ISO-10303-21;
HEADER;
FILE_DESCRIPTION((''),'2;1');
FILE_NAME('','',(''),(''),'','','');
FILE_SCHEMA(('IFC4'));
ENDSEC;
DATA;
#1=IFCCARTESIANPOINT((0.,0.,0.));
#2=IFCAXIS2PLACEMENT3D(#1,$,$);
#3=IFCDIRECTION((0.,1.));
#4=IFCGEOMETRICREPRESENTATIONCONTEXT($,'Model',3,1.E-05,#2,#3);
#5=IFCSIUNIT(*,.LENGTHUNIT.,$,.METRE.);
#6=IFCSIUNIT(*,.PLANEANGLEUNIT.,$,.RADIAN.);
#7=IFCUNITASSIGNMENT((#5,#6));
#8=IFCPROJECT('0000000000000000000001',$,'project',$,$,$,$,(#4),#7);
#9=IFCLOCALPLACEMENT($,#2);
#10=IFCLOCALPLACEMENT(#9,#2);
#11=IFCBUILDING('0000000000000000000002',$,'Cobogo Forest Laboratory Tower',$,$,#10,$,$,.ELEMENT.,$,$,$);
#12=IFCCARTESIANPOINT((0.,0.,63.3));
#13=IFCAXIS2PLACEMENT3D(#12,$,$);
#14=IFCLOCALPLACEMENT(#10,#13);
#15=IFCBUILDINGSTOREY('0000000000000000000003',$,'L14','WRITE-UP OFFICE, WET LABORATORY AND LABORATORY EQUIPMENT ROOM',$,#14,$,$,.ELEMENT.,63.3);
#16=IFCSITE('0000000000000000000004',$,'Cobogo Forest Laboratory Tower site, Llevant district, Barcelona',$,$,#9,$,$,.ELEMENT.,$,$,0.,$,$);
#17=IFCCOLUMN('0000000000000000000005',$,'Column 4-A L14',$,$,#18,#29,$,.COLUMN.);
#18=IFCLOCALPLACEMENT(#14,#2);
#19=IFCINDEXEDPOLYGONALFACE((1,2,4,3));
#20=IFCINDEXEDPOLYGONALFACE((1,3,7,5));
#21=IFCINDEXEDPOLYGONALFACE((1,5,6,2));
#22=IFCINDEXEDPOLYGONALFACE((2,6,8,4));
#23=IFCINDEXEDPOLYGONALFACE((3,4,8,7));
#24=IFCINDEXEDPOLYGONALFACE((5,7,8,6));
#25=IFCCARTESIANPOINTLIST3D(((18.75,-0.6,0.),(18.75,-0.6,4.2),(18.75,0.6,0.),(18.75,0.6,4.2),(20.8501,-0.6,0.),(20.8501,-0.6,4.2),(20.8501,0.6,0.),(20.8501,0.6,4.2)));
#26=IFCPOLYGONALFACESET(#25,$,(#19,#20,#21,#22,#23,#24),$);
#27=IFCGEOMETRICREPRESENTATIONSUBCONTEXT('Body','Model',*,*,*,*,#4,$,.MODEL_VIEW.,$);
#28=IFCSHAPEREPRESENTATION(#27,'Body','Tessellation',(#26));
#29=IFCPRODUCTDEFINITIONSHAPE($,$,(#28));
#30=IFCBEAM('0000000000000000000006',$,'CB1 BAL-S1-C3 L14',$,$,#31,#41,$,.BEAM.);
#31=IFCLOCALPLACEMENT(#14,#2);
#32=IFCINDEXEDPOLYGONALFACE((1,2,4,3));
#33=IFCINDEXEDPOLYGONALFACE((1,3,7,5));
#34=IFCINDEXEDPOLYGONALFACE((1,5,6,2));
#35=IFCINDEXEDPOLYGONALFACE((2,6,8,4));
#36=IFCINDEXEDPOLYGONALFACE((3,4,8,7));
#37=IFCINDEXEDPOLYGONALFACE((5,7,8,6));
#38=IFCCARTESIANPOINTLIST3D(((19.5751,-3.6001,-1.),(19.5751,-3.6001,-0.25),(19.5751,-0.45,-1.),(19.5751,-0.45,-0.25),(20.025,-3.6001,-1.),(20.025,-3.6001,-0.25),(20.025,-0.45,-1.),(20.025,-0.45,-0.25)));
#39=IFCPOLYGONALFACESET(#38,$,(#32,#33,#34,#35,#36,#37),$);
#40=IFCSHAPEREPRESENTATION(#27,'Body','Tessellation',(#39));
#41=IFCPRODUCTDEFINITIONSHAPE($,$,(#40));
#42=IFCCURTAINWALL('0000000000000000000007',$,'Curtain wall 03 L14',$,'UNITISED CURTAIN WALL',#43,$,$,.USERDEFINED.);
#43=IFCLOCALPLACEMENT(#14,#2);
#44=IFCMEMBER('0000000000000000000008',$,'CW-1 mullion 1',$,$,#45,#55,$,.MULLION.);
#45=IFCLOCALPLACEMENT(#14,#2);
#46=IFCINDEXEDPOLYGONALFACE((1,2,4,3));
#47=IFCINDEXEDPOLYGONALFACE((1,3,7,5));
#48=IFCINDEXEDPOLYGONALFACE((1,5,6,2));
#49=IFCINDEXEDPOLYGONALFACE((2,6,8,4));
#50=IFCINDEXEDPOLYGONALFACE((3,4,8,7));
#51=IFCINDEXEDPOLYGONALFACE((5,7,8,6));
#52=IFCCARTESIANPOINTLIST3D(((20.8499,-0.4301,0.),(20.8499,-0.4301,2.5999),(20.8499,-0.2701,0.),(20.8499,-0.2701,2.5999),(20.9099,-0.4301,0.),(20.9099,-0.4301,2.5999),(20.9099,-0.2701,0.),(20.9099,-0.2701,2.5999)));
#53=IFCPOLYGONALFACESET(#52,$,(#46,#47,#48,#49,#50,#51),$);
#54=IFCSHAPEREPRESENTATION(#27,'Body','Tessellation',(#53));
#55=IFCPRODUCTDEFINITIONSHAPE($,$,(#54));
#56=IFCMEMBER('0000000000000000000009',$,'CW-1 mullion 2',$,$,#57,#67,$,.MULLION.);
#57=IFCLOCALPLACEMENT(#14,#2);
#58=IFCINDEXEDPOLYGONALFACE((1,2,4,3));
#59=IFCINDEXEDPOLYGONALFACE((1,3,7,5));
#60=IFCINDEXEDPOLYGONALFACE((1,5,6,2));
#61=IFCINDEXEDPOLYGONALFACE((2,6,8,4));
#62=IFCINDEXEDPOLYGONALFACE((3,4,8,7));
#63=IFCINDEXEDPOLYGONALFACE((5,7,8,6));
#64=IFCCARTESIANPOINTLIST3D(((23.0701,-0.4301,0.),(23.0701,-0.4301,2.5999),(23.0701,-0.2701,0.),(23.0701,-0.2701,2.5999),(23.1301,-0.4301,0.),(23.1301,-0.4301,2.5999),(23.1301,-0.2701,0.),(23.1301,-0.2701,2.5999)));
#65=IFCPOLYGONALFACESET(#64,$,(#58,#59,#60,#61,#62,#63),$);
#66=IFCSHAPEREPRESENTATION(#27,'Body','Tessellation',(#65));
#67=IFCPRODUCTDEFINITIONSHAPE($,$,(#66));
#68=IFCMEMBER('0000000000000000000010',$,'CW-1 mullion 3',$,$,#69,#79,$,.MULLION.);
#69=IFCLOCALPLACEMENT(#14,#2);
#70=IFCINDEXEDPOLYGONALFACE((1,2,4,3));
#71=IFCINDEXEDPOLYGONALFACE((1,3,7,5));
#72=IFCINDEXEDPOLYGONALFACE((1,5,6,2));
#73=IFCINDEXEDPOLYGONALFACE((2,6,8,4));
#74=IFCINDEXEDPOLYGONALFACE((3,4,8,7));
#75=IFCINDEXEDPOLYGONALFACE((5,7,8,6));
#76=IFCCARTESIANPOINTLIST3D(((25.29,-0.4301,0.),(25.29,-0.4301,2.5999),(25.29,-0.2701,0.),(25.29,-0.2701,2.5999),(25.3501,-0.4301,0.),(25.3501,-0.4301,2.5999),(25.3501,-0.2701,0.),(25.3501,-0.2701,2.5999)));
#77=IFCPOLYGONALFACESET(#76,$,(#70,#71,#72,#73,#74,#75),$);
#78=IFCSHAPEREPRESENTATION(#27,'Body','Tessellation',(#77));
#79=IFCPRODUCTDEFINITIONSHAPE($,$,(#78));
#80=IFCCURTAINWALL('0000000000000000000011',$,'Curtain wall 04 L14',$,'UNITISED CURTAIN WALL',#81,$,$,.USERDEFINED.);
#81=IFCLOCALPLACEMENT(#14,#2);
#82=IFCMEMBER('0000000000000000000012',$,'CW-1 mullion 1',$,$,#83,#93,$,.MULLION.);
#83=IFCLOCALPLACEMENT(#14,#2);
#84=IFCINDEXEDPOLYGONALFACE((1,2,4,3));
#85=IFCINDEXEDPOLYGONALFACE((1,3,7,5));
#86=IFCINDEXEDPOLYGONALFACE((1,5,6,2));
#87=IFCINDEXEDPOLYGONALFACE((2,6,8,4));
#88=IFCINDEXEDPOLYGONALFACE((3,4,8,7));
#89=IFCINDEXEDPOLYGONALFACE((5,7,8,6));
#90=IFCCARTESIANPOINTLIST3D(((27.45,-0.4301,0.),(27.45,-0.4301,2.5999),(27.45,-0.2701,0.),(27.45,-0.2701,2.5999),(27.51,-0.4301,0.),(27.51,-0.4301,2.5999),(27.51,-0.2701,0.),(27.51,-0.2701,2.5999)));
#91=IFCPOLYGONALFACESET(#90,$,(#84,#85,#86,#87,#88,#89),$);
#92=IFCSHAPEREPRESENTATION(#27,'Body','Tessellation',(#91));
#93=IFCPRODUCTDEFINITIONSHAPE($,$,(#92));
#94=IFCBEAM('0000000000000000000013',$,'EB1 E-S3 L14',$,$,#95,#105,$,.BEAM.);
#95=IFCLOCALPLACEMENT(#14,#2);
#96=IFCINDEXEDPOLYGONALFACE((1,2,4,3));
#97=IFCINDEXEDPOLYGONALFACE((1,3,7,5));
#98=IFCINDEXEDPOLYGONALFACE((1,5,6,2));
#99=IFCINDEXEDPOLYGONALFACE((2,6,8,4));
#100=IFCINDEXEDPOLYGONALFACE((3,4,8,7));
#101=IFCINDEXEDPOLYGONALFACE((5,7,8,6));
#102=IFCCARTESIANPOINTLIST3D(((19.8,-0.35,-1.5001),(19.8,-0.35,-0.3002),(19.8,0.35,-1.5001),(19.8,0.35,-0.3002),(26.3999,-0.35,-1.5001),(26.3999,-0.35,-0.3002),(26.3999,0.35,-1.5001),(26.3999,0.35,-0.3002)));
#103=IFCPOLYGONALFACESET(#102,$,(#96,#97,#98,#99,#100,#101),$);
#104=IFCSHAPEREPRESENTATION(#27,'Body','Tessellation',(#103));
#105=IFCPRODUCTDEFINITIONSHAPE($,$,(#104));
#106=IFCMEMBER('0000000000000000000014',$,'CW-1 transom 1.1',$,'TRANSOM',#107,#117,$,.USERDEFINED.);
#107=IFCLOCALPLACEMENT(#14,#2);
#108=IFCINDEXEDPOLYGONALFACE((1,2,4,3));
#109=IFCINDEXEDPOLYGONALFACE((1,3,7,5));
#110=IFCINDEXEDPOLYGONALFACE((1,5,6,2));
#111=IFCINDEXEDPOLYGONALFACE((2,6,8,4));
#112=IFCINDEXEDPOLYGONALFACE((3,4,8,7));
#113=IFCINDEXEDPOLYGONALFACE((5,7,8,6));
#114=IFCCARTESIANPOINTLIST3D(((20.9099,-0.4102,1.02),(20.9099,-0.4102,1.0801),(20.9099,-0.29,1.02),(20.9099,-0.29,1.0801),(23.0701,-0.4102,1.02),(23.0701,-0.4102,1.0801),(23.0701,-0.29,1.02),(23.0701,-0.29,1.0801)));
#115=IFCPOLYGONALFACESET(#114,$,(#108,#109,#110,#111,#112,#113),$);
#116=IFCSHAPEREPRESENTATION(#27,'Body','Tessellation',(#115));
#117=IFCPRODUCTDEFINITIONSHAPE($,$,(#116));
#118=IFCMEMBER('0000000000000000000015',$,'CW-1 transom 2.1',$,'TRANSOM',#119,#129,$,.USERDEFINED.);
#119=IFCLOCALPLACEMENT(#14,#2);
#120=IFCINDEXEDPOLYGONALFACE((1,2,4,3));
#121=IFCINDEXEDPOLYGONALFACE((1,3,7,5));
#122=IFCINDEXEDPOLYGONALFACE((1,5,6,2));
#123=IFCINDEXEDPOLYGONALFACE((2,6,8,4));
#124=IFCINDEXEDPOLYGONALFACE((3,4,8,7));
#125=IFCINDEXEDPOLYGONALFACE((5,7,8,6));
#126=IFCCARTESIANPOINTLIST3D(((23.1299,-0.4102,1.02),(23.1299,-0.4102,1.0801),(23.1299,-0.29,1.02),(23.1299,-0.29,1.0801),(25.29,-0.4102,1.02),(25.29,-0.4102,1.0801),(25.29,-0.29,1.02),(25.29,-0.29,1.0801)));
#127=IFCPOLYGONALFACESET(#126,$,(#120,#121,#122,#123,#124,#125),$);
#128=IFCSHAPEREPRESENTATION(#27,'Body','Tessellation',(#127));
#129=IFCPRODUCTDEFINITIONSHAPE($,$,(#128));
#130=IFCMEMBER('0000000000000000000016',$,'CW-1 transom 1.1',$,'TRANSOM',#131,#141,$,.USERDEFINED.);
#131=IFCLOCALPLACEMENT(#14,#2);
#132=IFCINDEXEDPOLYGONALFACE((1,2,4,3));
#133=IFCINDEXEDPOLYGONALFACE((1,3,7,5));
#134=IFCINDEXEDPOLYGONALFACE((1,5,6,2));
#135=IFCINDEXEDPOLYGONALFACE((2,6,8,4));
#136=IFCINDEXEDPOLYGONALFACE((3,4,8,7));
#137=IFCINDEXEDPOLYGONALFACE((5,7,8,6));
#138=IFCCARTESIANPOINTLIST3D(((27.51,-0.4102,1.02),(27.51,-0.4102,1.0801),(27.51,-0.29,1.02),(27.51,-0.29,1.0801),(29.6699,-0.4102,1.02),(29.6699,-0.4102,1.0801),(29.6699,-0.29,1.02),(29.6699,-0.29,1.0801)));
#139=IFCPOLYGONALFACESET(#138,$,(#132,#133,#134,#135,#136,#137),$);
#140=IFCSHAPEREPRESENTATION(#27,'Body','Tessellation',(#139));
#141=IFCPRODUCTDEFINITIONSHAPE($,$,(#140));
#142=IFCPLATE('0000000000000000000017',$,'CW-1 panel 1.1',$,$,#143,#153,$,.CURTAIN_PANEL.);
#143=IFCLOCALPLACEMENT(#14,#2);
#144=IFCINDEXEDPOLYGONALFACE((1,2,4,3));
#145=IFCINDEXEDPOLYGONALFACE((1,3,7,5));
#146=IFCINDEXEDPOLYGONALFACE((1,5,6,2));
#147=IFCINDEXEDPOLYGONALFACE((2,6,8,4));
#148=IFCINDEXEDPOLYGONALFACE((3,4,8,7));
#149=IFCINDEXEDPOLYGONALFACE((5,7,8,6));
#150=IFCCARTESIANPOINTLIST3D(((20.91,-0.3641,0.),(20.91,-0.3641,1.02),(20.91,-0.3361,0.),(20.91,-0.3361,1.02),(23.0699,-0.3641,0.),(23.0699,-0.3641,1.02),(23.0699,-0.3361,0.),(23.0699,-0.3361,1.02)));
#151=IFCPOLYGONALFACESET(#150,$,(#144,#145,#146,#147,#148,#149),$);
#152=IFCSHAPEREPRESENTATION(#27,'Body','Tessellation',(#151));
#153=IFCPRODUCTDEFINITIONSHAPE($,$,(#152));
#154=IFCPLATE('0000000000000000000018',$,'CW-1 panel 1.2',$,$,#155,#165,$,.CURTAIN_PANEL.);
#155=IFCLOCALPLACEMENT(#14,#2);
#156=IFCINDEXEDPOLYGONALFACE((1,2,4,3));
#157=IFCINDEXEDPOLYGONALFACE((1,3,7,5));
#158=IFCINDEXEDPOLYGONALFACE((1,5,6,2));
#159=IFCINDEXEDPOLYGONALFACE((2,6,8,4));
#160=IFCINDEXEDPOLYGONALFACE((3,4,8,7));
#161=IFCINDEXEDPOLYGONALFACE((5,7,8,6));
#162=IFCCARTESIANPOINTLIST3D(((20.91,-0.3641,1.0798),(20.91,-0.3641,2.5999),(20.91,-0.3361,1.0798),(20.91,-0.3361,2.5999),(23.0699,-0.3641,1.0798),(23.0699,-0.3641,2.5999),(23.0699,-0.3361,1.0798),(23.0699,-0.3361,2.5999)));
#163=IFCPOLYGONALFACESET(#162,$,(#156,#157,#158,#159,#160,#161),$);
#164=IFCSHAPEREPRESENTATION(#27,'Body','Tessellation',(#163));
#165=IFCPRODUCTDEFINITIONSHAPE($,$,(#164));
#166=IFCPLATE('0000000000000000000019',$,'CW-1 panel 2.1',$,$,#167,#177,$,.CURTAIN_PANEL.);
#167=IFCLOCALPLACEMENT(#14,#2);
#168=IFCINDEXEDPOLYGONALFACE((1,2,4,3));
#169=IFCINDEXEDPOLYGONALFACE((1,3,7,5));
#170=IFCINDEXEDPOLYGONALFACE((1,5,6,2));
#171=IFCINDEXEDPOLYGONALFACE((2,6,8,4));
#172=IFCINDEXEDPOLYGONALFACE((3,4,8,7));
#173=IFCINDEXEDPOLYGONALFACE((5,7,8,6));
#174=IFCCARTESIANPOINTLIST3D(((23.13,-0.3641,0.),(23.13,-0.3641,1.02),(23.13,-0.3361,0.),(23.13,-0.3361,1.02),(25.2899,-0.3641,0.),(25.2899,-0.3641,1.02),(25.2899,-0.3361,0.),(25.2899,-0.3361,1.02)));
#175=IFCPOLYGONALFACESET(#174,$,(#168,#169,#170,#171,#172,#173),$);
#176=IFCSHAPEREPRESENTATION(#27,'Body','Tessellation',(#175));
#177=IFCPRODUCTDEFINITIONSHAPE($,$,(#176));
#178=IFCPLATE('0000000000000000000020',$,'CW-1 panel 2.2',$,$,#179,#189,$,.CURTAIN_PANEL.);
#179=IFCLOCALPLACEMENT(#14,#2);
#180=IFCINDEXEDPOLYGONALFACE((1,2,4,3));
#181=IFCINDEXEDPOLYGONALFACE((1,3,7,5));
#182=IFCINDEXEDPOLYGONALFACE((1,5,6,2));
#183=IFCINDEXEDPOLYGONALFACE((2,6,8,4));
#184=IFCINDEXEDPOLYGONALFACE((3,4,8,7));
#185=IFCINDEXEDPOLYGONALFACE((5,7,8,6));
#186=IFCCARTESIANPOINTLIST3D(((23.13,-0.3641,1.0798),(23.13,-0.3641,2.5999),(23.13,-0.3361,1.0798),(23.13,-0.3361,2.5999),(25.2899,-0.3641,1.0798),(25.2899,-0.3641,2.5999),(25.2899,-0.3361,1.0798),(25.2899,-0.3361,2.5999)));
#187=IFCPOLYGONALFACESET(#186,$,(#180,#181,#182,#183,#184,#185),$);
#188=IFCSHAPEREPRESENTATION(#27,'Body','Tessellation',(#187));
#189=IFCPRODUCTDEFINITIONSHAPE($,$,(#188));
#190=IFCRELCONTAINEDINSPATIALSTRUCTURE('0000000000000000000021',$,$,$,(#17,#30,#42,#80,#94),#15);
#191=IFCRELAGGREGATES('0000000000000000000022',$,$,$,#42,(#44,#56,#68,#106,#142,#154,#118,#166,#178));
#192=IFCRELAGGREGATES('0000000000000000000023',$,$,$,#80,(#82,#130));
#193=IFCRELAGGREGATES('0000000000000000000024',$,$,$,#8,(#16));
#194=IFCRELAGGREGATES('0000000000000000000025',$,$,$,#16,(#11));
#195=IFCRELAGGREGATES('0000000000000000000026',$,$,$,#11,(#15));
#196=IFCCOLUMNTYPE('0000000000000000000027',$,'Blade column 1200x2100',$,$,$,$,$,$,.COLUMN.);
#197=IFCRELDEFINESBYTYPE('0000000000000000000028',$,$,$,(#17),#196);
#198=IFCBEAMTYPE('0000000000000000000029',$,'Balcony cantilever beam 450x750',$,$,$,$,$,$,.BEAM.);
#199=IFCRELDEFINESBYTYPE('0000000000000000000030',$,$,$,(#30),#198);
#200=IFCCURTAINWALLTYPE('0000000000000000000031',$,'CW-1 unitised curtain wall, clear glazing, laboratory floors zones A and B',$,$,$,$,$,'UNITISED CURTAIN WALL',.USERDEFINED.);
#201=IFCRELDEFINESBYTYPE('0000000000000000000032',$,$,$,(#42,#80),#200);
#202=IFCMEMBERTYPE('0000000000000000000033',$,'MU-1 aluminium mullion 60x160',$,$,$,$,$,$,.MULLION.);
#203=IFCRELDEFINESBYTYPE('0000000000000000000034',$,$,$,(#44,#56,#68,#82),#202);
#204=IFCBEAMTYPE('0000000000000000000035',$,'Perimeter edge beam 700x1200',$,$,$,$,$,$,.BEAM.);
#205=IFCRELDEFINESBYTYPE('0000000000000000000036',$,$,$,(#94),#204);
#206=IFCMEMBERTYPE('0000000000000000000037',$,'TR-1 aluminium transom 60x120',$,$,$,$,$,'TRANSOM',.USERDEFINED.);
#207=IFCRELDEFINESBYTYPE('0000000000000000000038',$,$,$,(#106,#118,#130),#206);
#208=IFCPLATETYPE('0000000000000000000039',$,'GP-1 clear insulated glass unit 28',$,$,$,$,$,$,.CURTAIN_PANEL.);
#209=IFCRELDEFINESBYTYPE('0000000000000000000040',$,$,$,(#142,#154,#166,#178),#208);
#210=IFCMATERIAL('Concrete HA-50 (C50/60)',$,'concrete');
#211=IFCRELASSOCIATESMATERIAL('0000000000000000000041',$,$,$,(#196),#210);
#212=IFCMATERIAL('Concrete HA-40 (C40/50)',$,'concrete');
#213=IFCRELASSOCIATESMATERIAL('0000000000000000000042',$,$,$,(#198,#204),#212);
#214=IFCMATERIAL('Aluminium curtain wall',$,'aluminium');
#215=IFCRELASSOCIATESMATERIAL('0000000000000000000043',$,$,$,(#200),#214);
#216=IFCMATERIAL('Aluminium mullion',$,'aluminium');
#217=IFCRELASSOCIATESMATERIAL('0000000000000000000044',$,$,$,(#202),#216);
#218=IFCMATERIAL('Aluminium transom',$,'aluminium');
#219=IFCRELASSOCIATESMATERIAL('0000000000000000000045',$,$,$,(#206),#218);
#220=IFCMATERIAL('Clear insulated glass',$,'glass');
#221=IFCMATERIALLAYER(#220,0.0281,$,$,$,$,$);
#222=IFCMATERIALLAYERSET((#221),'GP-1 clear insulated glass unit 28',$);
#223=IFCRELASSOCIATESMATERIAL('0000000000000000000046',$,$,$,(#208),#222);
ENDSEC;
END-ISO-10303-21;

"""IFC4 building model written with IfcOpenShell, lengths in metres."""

from ifc_helpers import new_model, si_unit, direction, frame, origin, origin_2d, place, context, subcontext, project, spatial, rectangle, extrude, material, layer, layer_set, material_profile, profile_set, type_object, element, aggregate, save


model = new_model("IFC4")

# Units and contexts
model_context = context("Model", 3, precision=1e-05, world=origin(), true_north=direction((0.0, 1.0)))
body_context = subcontext(model_context, "Body", "Model", "MODEL_VIEW")
ifc_project = project(units=[si_unit("LENGTHUNIT", "METRE"), si_unit("PLANEANGLEUNIT", "RADIAN")], contexts=[model_context])

# Site, building, storey
site_placement = place(None, origin())
site = spatial("IfcSite", under=ifc_project, at=site_placement, Name="Cobogo Forest Laboratory Tower site, Llevant district, Barcelona", CompositionType="ELEMENT", RefElevation=0.0)
building_placement = place(site_placement, origin())
building = spatial("IfcBuilding", under=site, at=building_placement, Name="Cobogo Forest Laboratory Tower", CompositionType="ELEMENT")
storey_placement = place(building_placement, frame((0.0, 0.0, 63.3)))
storey = spatial("IfcBuildingStorey", under=building, at=storey_placement, Name="L14", Description="WRITE-UP OFFICE, WET LABORATORY AND LABORATORY EQUIPMENT ROOM", CompositionType="ELEMENT", Elevation=63.3)

# Column
ifc_material_1 = material(Name="Concrete HA-50 (C50/60)", Category="concrete")
ifc_material_profile_1 = material_profile(ifc_material_1, rectangle(XDim=2.1001, YDim=1.2, at=origin_2d()), Name="RC 1200x2100")
ifc_profile_set_1 = profile_set([ifc_material_profile_1], Name="Concrete HA-50 (C50/60)")
column_type = type_object("IfcColumnType", Name="Blade column 1200x2100", PredefinedType="COLUMN", material=ifc_profile_set_1)
column_placement = place(storey_placement, frame((19.8, 0.0, 0.0), z_axis=(0.0, 0.0, 1.0), x_axis=(1.0, 0.0, 0.0)))
element("IfcColumn", 1, at=column_placement, inside=storey, type_object=column_type, Name="Column 4-A L14", PredefinedType="COLUMN", context=body_context, shape_type="SweptSolid", body=[
    extrude(rectangle(XDim=2.1001, YDim=1.2, at=origin_2d()), origin(), (0.0, 0.0, 1.0), 4.2),
])

# Beam
ifc_material_2 = material(Name="Concrete HA-40 (C40/50)", Category="concrete")
ifc_material_profile_2 = material_profile(ifc_material_2, rectangle(XDim=0.45, YDim=0.75, at=origin_2d()), Name="RC 450x750")
ifc_profile_set_2 = profile_set([ifc_material_profile_2], Name="Concrete HA-40 (C40/50)")
beam_type_1 = type_object("IfcBeamType", Name="Balcony cantilever beam 450x750", PredefinedType="BEAM", material=ifc_profile_set_2)
beam_1_placement = place(storey_placement, frame((19.8, -0.45, -0.625), z_axis=(0.0, -1.0, 0.0), x_axis=(1.0, 0.0, 0.0)))
element("IfcBeam", 2, at=beam_1_placement, inside=storey, type_object=beam_type_1, Name="CB1 BAL-S1-C3 L14", PredefinedType="BEAM", context=body_context, shape_type="SweptSolid", body=[
    extrude(rectangle(XDim=0.45, YDim=0.75, at=origin_2d()), origin(), (0.0, 0.0, 1.0), 3.1501),
])

# Curtain wall, members
ifc_material_3 = material(Name="Aluminium curtain wall", Category="aluminium")
curtain_wall_type = type_object("IfcCurtainWallType", Name="CW-1 unitised curtain wall, clear glazing, laboratory floors zones A and B", ElementType="UNITISED CURTAIN WALL", PredefinedType="USERDEFINED", material=ifc_material_3)
curtain_wall_1_placement = place(storey_placement, origin())
curtain_wall_1 = element("IfcCurtainWall", 3, at=curtain_wall_1_placement, inside=storey, type_object=curtain_wall_type, Name="Curtain wall 03 L14", ObjectType="UNITISED CURTAIN WALL", PredefinedType="USERDEFINED")
ifc_material_4 = material(Name="Aluminium mullion", Category="aluminium")
ifc_material_profile_3 = material_profile(ifc_material_4, rectangle(XDim=0.0601, YDim=0.1599, at=origin_2d()), Name="AL 60x160")
ifc_profile_set_3 = profile_set([ifc_material_profile_3], Name="Aluminium mullion")
member_type_1 = type_object("IfcMemberType", Name="MU-1 aluminium mullion 60x160", PredefinedType="MULLION", material=ifc_profile_set_3)
member_1_placement = place(storey_placement, frame((20.8799, -0.3501, 0.0), z_axis=(0.0, 0.0, 1.0), x_axis=(1.0, 0.0, 0.0)))
member_1 = element("IfcMember", 4, at=member_1_placement, type_object=member_type_1, Name="CW-1 mullion 1", PredefinedType="MULLION", context=body_context, shape_type="SweptSolid", body=[
    extrude(rectangle(XDim=0.0601, YDim=0.1599, at=origin_2d()), origin(), (0.0, 0.0, 1.0), 2.5999),
])
member_2_placement = place(storey_placement, frame((23.1001, -0.3501, 0.0), z_axis=(0.0, 0.0, 1.0), x_axis=(1.0, 0.0, 0.0)))
member_2 = element("IfcMember", 5, at=member_2_placement, type_object=member_type_1, Name="CW-1 mullion 2", PredefinedType="MULLION", context=body_context, shape_type="SweptSolid", body=[
    extrude(rectangle(XDim=0.0601, YDim=0.1599, at=origin_2d()), origin(), (0.0, 0.0, 1.0), 2.5999),
])
member_3_placement = place(storey_placement, frame((25.3201, -0.3501, 0.0), z_axis=(0.0, 0.0, 1.0), x_axis=(1.0, 0.0, 0.0)))
member_3 = element("IfcMember", 6, at=member_3_placement, type_object=member_type_1, Name="CW-1 mullion 3", PredefinedType="MULLION", context=body_context, shape_type="SweptSolid", body=[
    extrude(rectangle(XDim=0.0601, YDim=0.1599, at=origin_2d()), origin(), (0.0, 0.0, 1.0), 2.5999),
])

# Curtain wall, member
curtain_wall_2_placement = place(storey_placement, origin())
curtain_wall_2 = element("IfcCurtainWall", 7, at=curtain_wall_2_placement, inside=storey, type_object=curtain_wall_type, Name="Curtain wall 04 L14", ObjectType="UNITISED CURTAIN WALL", PredefinedType="USERDEFINED")
member_4_placement = place(storey_placement, frame((27.48, -0.3501, 0.0), z_axis=(0.0, 0.0, 1.0), x_axis=(1.0, 0.0, 0.0)))
member_4 = element("IfcMember", 8, at=member_4_placement, type_object=member_type_1, Name="CW-1 mullion 1", PredefinedType="MULLION", context=body_context, shape_type="SweptSolid", body=[
    extrude(rectangle(XDim=0.0601, YDim=0.1599, at=origin_2d()), origin(), (0.0, 0.0, 1.0), 2.5999),
])

# Beam
ifc_material_profile_4 = material_profile(ifc_material_2, rectangle(XDim=0.7, YDim=1.2, at=origin_2d()), Name="RC 700x1200")
ifc_profile_set_4 = profile_set([ifc_material_profile_4], Name="Concrete HA-40 (C40/50)")
beam_type_2 = type_object("IfcBeamType", Name="Perimeter edge beam 700x1200", PredefinedType="BEAM", material=ifc_profile_set_4)
beam_2_placement = place(storey_placement, frame((19.8, 0.0, -0.9001), z_axis=(1.0, 0.0, 0.0), x_axis=(0.0, 1.0, 0.0)))
element("IfcBeam", 9, at=beam_2_placement, inside=storey, type_object=beam_type_2, Name="EB1 E-S3 L14", PredefinedType="BEAM", context=body_context, shape_type="SweptSolid", body=[
    extrude(rectangle(XDim=0.7, YDim=1.2, at=origin_2d()), origin(), (0.0, 0.0, 1.0), 6.5999),
])

# Members
ifc_material_5 = material(Name="Aluminium transom", Category="aluminium")
ifc_material_profile_5 = material_profile(ifc_material_5, rectangle(XDim=0.1201, YDim=0.0601, at=origin_2d()), Name="AL 60x120")
ifc_profile_set_5 = profile_set([ifc_material_profile_5], Name="Aluminium transom")
member_type_2 = type_object("IfcMemberType", Name="TR-1 aluminium transom 60x120", ElementType="TRANSOM", PredefinedType="USERDEFINED", material=ifc_profile_set_5)
member_5_placement = place(storey_placement, frame((20.9099, -0.3501, 1.05), z_axis=(1.0, 0.0, 0.0), x_axis=(0.0, 1.0, 0.0)))
member_5 = element("IfcMember", 10, at=member_5_placement, type_object=member_type_2, Name="CW-1 transom 1.1", ObjectType="TRANSOM", PredefinedType="USERDEFINED", context=body_context, shape_type="SweptSolid", body=[
    extrude(rectangle(XDim=0.1201, YDim=0.0601, at=origin_2d()), origin(), (0.0, 0.0, 1.0), 2.1602),
])
member_6_placement = place(storey_placement, frame((23.1299, -0.3501, 1.05), z_axis=(1.0, 0.0, 0.0), x_axis=(0.0, 1.0, 0.0)))
member_6 = element("IfcMember", 11, at=member_6_placement, type_object=member_type_2, Name="CW-1 transom 2.1", ObjectType="TRANSOM", PredefinedType="USERDEFINED", context=body_context, shape_type="SweptSolid", body=[
    extrude(rectangle(XDim=0.1201, YDim=0.0601, at=origin_2d()), origin(), (0.0, 0.0, 1.0), 2.1602),
])
member_7_placement = place(storey_placement, frame((27.51, -0.3501, 1.05), z_axis=(1.0, 0.0, 0.0), x_axis=(0.0, 1.0, 0.0)))
member_7 = element("IfcMember", 12, at=member_7_placement, type_object=member_type_2, Name="CW-1 transom 1.1", ObjectType="TRANSOM", PredefinedType="USERDEFINED", context=body_context, shape_type="SweptSolid", body=[
    extrude(rectangle(XDim=0.1201, YDim=0.0601, at=origin_2d()), origin(), (0.0, 0.0, 1.0), 2.1599),
])

# Plates
ifc_material_6 = material(Name="Clear insulated glass", Category="glass")
ifc_layer_1 = layer(ifc_material_6, 0.0281)
ifc_layer_set_1 = layer_set([ifc_layer_1], Name="GP-1 clear insulated glass unit 28")
plate_type_1 = type_object("IfcPlateType", Name="GP-1 clear insulated glass unit 28", PredefinedType="CURTAIN_PANEL", material=ifc_layer_set_1)
plate_1_placement = place(storey_placement, frame((21.99, -0.3501, 0.0), z_axis=(0.0, 0.0, 1.0), x_axis=(1.0, 0.0, 0.0)))
plate_1 = element("IfcPlate", 13, at=plate_1_placement, type_object=plate_type_1, Name="CW-1 panel 1.1", PredefinedType="CURTAIN_PANEL", context=body_context, shape_type="SweptSolid", body=[
    extrude(rectangle(XDim=2.1599, YDim=0.0281, at=origin_2d()), origin(), (0.0, 0.0, 1.0), 1.02),
])
plate_2_placement = place(storey_placement, frame((21.99, -0.3501, 1.0798), z_axis=(0.0, 0.0, 1.0), x_axis=(1.0, 0.0, 0.0)))
plate_2 = element("IfcPlate", 14, at=plate_2_placement, type_object=plate_type_1, Name="CW-1 panel 1.2", PredefinedType="CURTAIN_PANEL", context=body_context, shape_type="SweptSolid", body=[
    extrude(rectangle(XDim=2.1599, YDim=0.0281, at=origin_2d()), origin(), (0.0, 0.0, 1.0), 1.52),
])
plate_3_placement = place(storey_placement, frame((24.21, -0.3501, 0.0), z_axis=(0.0, 0.0, 1.0), x_axis=(1.0, 0.0, 0.0)))
plate_3 = element("IfcPlate", 15, at=plate_3_placement, type_object=plate_type_1, Name="CW-1 panel 2.1", PredefinedType="CURTAIN_PANEL", context=body_context, shape_type="SweptSolid", body=[
    extrude(rectangle(XDim=2.1599, YDim=0.0281, at=origin_2d()), origin(), (0.0, 0.0, 1.0), 1.02),
])
plate_4_placement = place(storey_placement, frame((24.21, -0.3501, 1.0798), z_axis=(0.0, 0.0, 1.0), x_axis=(1.0, 0.0, 0.0)))
plate_4 = element("IfcPlate", 16, at=plate_4_placement, type_object=plate_type_1, Name="CW-1 panel 2.2", PredefinedType="CURTAIN_PANEL", context=body_context, shape_type="SweptSolid", body=[
    extrude(rectangle(XDim=2.1599, YDim=0.0281, at=origin_2d()), origin(), (0.0, 0.0, 1.0), 1.52),
])
aggregate(curtain_wall_1, [member_1, member_2, member_3, member_5, plate_1, plate_2, member_6, plate_3, plate_4])
aggregate(curtain_wall_2, [member_4, member_7])

save(model, "model.ifc")
